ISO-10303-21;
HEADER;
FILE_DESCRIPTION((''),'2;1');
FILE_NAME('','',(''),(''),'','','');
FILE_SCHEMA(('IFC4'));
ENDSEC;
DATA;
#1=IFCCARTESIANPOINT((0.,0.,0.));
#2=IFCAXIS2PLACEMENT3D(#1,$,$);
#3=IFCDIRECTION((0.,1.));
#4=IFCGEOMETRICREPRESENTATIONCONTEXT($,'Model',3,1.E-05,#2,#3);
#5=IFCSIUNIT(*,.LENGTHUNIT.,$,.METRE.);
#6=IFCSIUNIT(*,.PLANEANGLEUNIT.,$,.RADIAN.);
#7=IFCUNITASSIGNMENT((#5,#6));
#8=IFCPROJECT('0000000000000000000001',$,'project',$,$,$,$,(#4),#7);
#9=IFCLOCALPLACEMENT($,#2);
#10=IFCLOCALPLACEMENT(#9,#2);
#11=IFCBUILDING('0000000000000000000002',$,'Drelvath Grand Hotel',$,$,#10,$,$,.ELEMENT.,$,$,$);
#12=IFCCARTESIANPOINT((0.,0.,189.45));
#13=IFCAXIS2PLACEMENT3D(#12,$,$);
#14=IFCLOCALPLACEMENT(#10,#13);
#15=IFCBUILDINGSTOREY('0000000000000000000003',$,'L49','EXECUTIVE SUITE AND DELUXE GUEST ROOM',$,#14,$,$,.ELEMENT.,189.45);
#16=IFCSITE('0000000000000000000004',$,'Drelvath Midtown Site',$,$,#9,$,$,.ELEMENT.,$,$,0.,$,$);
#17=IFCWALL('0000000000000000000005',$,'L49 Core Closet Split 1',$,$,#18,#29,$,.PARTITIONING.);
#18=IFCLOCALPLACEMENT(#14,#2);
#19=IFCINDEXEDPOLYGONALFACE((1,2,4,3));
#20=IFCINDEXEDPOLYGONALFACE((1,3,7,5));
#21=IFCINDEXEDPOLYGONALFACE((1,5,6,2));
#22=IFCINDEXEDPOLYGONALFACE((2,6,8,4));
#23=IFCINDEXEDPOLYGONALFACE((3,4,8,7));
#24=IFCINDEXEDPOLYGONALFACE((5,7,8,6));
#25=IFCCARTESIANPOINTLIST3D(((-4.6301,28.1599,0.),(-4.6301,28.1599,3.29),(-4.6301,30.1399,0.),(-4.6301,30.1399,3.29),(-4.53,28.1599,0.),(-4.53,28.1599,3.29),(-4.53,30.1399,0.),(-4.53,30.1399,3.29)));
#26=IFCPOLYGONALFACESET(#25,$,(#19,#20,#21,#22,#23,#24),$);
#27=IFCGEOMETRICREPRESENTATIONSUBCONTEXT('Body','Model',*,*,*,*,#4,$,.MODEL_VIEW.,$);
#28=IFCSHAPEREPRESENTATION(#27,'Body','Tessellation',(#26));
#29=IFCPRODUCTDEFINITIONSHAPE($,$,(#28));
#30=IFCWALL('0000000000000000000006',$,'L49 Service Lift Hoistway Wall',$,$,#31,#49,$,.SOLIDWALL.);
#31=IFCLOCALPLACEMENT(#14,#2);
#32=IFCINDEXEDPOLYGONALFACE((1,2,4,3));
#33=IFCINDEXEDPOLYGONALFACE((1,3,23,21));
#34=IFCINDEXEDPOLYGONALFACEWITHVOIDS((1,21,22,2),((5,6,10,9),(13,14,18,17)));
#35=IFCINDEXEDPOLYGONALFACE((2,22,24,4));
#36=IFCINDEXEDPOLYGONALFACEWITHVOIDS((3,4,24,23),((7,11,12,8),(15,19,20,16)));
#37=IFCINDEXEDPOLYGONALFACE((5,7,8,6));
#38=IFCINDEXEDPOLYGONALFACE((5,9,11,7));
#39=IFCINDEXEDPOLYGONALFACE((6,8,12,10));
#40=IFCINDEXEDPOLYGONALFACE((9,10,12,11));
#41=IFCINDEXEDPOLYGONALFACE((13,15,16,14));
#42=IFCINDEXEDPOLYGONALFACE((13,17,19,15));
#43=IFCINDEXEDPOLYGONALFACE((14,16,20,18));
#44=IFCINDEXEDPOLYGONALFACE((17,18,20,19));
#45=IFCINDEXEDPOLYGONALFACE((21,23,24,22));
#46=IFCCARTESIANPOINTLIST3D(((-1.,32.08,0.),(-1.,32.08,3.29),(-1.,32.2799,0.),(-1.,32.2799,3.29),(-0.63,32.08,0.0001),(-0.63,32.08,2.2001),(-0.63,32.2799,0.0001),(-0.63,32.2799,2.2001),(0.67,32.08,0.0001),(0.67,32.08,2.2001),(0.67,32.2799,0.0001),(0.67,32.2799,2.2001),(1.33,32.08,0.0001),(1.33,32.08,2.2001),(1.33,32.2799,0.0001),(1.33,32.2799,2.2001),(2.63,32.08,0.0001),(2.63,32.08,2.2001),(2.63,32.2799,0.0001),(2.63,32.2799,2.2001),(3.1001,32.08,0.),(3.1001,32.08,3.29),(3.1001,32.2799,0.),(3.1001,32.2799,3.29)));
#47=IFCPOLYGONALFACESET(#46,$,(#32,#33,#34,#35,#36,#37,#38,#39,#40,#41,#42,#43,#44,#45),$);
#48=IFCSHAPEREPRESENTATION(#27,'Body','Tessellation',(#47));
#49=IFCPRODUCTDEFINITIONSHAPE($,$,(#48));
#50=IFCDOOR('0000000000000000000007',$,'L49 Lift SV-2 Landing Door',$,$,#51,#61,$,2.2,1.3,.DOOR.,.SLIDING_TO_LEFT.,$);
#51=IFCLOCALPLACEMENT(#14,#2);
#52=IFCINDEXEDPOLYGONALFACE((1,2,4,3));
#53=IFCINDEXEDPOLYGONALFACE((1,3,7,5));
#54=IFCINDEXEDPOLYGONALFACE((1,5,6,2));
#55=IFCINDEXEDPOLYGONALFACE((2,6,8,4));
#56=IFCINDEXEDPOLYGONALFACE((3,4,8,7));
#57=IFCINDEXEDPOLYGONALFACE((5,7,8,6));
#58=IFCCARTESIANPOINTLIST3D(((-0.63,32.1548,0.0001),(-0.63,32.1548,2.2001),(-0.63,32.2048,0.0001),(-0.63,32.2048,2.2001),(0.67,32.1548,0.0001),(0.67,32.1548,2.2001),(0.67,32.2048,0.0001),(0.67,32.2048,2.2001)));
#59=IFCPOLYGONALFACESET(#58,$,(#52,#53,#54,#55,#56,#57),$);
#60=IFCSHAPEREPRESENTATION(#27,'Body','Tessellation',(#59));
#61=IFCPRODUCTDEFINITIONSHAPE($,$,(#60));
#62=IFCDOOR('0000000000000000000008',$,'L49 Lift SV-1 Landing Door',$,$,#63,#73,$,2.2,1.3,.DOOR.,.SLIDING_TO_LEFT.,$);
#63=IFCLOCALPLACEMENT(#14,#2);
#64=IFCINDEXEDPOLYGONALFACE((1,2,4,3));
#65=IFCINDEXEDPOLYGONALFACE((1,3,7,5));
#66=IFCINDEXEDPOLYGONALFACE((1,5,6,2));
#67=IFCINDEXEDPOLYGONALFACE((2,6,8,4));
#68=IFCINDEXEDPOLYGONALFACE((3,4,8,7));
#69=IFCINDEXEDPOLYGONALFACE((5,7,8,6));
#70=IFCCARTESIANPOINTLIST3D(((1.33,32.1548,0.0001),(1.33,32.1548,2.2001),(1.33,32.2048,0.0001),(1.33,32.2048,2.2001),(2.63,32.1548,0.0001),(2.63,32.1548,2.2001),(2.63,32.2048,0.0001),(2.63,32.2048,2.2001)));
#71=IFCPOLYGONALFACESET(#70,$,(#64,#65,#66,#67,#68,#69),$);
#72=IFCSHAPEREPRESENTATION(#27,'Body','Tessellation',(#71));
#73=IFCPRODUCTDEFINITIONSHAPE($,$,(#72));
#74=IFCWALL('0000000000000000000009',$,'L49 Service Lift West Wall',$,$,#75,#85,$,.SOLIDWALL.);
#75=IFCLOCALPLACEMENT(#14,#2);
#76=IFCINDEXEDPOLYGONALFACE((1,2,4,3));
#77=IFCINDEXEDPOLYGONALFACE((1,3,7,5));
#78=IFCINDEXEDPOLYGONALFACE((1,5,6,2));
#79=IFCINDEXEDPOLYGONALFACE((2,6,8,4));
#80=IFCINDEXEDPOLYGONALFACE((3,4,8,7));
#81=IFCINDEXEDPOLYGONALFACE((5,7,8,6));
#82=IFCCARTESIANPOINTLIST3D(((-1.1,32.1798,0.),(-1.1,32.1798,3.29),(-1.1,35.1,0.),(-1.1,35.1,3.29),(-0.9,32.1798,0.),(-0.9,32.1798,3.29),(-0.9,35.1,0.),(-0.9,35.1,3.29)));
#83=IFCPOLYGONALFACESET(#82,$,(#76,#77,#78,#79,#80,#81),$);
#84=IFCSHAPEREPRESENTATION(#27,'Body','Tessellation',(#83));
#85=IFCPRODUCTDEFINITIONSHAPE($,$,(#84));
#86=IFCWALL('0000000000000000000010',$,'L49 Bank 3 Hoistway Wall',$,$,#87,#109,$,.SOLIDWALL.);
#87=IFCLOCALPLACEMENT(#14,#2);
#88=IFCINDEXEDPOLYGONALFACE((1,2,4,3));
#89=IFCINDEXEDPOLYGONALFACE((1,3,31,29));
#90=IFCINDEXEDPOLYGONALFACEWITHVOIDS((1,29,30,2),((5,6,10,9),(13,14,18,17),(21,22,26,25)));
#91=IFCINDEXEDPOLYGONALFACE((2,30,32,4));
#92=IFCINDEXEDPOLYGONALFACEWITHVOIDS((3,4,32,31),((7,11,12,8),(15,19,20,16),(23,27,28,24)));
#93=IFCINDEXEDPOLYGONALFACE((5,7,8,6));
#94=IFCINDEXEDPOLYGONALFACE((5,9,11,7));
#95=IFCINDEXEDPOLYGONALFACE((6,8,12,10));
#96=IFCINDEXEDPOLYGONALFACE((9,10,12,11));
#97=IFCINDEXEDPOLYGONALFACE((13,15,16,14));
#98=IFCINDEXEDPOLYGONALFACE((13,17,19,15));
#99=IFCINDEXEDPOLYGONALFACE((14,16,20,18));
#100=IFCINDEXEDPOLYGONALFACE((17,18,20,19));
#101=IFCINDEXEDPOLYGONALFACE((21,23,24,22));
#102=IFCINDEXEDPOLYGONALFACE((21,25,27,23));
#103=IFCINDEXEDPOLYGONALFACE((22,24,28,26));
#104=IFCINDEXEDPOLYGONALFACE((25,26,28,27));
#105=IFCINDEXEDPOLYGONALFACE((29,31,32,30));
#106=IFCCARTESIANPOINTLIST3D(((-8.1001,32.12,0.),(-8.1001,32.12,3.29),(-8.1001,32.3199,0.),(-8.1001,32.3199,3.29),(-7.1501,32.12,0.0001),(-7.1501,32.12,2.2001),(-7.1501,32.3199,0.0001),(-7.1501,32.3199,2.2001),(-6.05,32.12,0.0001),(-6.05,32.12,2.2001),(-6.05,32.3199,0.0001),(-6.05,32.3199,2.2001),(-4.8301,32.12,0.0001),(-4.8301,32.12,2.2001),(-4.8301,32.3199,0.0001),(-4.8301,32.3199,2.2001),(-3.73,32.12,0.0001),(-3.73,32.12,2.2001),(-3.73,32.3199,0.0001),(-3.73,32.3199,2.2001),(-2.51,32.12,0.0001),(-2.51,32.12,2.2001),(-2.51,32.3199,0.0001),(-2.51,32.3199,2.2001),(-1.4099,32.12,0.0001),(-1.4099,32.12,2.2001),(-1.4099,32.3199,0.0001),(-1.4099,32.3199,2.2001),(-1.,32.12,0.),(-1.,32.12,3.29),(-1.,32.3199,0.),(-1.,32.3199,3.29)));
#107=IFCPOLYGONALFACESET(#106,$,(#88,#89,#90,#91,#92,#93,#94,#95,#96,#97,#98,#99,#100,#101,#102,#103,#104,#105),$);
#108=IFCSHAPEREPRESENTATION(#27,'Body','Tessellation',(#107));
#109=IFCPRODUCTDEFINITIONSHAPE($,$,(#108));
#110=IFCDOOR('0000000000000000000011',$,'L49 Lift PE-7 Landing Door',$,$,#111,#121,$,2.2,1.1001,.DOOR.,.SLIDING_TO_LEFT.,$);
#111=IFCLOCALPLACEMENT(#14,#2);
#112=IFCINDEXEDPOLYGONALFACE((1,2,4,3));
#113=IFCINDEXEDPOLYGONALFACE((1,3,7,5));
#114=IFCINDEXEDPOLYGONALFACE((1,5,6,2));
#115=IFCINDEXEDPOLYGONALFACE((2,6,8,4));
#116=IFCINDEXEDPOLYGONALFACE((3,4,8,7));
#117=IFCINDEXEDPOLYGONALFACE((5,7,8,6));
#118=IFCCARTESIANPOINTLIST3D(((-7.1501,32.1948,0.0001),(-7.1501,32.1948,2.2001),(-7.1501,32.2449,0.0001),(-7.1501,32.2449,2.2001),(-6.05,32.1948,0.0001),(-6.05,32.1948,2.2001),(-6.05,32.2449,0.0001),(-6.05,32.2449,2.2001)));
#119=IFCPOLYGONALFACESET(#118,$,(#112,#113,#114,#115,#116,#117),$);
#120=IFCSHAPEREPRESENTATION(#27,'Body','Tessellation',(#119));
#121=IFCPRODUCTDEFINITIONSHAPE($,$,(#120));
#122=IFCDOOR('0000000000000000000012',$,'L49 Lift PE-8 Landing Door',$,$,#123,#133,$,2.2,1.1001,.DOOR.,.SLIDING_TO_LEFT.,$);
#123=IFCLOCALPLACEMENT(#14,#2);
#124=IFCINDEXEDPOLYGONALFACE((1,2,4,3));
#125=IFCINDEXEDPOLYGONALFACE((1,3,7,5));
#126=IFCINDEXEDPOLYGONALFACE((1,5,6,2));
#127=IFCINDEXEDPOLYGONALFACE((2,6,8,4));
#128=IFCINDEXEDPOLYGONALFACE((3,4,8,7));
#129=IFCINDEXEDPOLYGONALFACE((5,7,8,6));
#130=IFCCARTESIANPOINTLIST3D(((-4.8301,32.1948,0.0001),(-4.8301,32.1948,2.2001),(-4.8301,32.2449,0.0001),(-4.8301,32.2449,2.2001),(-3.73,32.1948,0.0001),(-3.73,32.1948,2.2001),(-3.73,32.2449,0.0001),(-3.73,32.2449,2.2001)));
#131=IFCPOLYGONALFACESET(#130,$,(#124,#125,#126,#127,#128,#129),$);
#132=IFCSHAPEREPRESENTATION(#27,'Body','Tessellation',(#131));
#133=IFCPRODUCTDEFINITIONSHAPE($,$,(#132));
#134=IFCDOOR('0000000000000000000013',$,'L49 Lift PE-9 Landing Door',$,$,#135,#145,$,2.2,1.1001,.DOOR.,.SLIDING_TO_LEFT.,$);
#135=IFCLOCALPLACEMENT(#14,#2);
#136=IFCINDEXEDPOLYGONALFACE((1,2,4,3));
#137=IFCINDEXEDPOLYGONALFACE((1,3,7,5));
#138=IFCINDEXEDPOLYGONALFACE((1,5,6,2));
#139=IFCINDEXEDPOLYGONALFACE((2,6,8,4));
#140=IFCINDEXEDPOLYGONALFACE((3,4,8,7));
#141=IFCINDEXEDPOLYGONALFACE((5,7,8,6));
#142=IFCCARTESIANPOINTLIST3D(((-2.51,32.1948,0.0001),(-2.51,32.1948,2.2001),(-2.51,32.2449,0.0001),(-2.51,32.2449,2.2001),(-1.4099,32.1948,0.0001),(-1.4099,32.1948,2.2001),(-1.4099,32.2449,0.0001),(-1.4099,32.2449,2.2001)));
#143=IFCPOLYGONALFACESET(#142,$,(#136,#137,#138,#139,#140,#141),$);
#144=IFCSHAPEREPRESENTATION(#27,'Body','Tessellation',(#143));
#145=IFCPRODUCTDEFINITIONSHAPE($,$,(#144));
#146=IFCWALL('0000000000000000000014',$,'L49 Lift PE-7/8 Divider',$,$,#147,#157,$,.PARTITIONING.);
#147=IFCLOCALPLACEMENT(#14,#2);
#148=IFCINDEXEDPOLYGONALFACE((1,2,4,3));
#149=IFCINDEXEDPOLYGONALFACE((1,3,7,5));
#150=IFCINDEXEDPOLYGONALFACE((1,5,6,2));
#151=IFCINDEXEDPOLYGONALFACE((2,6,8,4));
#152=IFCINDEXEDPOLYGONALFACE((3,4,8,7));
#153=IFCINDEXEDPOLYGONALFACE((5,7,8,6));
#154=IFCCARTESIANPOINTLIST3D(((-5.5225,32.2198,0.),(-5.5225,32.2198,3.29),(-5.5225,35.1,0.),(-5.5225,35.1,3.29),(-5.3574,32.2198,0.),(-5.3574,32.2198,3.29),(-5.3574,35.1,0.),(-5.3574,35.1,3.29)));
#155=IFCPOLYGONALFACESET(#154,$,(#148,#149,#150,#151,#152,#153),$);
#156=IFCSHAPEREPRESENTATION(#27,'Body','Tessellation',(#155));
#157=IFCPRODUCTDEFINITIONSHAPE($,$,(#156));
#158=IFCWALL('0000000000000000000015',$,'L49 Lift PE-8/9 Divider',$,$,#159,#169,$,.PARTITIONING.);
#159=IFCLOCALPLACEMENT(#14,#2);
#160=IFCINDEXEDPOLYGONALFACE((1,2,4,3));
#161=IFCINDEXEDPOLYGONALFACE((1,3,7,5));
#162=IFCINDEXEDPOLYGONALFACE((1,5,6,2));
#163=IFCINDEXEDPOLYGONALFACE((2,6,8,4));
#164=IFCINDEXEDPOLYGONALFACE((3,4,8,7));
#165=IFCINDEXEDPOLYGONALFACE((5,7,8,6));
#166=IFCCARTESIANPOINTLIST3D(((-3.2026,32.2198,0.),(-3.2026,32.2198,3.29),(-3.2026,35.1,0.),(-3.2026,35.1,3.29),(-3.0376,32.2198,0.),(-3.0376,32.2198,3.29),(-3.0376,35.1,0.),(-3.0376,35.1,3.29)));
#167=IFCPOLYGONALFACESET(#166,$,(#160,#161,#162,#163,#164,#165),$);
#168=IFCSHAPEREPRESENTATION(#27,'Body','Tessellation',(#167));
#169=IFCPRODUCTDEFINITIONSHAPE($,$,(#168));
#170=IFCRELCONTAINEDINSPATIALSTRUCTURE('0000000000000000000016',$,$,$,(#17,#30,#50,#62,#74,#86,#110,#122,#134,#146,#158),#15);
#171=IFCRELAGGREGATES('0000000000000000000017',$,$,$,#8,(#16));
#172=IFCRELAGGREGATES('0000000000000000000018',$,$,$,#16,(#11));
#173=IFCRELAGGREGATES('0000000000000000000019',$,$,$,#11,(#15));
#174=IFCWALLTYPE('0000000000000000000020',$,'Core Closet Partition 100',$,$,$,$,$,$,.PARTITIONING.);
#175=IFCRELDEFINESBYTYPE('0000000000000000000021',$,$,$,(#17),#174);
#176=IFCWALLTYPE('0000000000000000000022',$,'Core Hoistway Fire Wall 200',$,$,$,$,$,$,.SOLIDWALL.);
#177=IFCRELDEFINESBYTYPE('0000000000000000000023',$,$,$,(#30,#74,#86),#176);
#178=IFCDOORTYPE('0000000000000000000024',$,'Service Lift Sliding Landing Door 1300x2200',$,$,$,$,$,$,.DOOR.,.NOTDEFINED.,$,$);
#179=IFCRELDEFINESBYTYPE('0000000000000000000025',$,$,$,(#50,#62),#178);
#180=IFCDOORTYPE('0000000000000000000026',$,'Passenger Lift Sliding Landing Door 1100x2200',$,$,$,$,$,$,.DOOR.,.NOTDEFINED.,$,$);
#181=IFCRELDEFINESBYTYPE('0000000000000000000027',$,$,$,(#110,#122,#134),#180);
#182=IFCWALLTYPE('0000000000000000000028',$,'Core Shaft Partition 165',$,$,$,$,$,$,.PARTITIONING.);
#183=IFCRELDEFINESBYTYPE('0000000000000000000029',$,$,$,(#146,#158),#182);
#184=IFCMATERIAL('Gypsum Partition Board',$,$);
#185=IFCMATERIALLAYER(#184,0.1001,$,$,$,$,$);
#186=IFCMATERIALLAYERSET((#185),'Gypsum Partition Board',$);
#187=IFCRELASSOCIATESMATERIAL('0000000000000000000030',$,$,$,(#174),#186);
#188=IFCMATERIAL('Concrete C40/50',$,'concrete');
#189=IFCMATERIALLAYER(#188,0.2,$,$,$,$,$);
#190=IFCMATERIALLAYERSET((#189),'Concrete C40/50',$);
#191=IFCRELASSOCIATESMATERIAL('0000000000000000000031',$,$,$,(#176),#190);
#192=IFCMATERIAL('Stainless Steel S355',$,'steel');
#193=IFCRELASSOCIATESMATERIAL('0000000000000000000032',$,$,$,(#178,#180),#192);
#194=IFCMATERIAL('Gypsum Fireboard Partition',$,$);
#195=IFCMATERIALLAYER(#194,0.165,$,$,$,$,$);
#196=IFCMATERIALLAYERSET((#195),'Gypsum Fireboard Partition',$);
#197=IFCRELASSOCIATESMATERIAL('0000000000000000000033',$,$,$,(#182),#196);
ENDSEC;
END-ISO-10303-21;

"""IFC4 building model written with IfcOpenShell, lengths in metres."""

from ifc_helpers import new_model, si_unit, direction, frame, frame_2d, origin, place, context, subcontext, project, spatial, rectangle, extrude, material, layer, layer_set, type_object, element, fill, save


model = new_model("IFC4")

# Units and contexts
model_context = context("Model", 3, precision=1e-05, world=origin(), true_north=direction((0.0, 1.0)))
body_context = subcontext(model_context, "Body", "Model", "MODEL_VIEW")
ifc_project = project(units=[si_unit("LENGTHUNIT", "METRE"), si_unit("PLANEANGLEUNIT", "RADIAN")], contexts=[model_context])

# Site, building, storey
site_placement = place(None, origin())
site = spatial("IfcSite", under=ifc_project, at=site_placement, Name="Drelvath Midtown Site", CompositionType="ELEMENT", RefElevation=0.0)
building_placement = place(site_placement, origin())
building = spatial("IfcBuilding", under=site, at=building_placement, Name="Drelvath Grand Hotel", CompositionType="ELEMENT")
storey_placement = place(building_placement, frame((0.0, 0.0, 189.45)))
storey = spatial("IfcBuildingStorey", under=building, at=storey_placement, Name="L49", Description="EXECUTIVE SUITE AND DELUXE GUEST ROOM", CompositionType="ELEMENT", Elevation=189.45)

# Wall
ifc_material_1 = material(Name="Gypsum Partition Board")
ifc_layer_1 = layer(ifc_material_1, 0.1001)
ifc_layer_set_1 = layer_set([ifc_layer_1], Name="Gypsum Partition Board")
wall_type_1 = type_object("IfcWallType", Name="Core Closet Partition 100", PredefinedType="PARTITIONING", material=ifc_layer_set_1)
wall_1_placement = place(storey_placement, frame((-4.5801, 28.1599, 0.0), z_axis=(0.0, 0.0, 1.0), x_axis=(0.0, 1.0, 0.0)))
element("IfcWall", 1, at=wall_1_placement, inside=storey, type_object=wall_type_1, Name="L49 Core Closet Split 1", PredefinedType="PARTITIONING", context=body_context, shape_type="SweptSolid", body=[
    extrude(rectangle(XDim=1.98, YDim=0.1001, at=frame_2d((0.99, 0.0))), origin(), (0.0, 0.0, 1.0), 3.29),
])

# Wall, openings, doors
ifc_material_2 = material(Name="Concrete C40/50", Category="concrete")
ifc_layer_2 = layer(ifc_material_2, 0.2)
ifc_layer_set_2 = layer_set([ifc_layer_2], Name="Concrete C40/50")
wall_type_2 = type_object("IfcWallType", Name="Core Hoistway Fire Wall 200", PredefinedType="SOLIDWALL", material=ifc_layer_set_2)
wall_2_placement = place(storey_placement, frame((-1.0, 32.1799, 0.0), z_axis=(0.0, 0.0, 1.0), x_axis=(1.0, 0.0, 0.0)))
wall_2 = element("IfcWall", 2, at=wall_2_placement, inside=storey, type_object=wall_type_2, Name="L49 Service Lift Hoistway Wall", PredefinedType="SOLIDWALL", context=body_context, shape_type="SweptSolid", body=[
    extrude(rectangle(XDim=4.1001, YDim=0.2, at=frame_2d((2.05, 0.0))), origin(), (0.0, 0.0, 1.0), 3.29),
])
opening_1_placement = place(wall_2_placement, frame((0.3701, 0.0, 0.0)))
opening_1 = element("IfcOpeningElement", 3, at=opening_1_placement, cuts=wall_2, PredefinedType="OPENING", context=body_context, shape_type="SweptSolid", body=[
    extrude(rectangle(XDim=1.3, YDim=2.2, at=frame_2d((0.6499, 1.1001))), frame((0.0, 0.1099, 0.0), z_axis=(0.0, -1.0, 0.0), x_axis=(1.0, 0.0, 0.0)), (0.0, 0.0, 1.0), 0.22),
])
opening_2_placement = place(wall_2_placement, frame((2.3301, 0.0, 0.0)))
opening_2 = element("IfcOpeningElement", 4, at=opening_2_placement, cuts=wall_2, PredefinedType="OPENING", context=body_context, shape_type="SweptSolid", body=[
    extrude(rectangle(XDim=1.3, YDim=2.2, at=frame_2d((0.6499, 1.1001))), frame((0.0, 0.1099, 0.0), z_axis=(0.0, -1.0, 0.0), x_axis=(1.0, 0.0, 0.0)), (0.0, 0.0, 1.0), 0.22),
])
ifc_material_3 = material(Name="Stainless Steel S355", Category="steel")
door_type_1 = type_object("IfcDoorType", Name="Service Lift Sliding Landing Door 1300x2200", OperationType="NOTDEFINED", PredefinedType="DOOR", material=ifc_material_3)
door_1_placement = place(opening_1_placement, origin())
door_1 = element("IfcDoor", 5, at=door_1_placement, inside=storey, type_object=door_type_1, Name="L49 Lift SV-2 Landing Door", OperationType="SLIDING_TO_LEFT", OverallHeight=2.2, OverallWidth=1.3, PredefinedType="DOOR", context=body_context, shape_type="SweptSolid", body=[
    extrude(rectangle(XDim=1.3, YDim=2.2, at=frame_2d((0.6499, 1.1001))), frame((0.0, 0.0249, 0.0), z_axis=(0.0, -1.0, 0.0), x_axis=(1.0, 0.0, 0.0)), (0.0, 0.0, 1.0), 0.05),
])
fill(opening_1, door_1)
door_2_placement = place(opening_2_placement, origin())
door_2 = element("IfcDoor", 6, at=door_2_placement, inside=storey, type_object=door_type_1, Name="L49 Lift SV-1 Landing Door", OperationType="SLIDING_TO_LEFT", OverallHeight=2.2, OverallWidth=1.3, PredefinedType="DOOR", context=body_context, shape_type="SweptSolid", body=[
    extrude(rectangle(XDim=1.3, YDim=2.2, at=frame_2d((0.6499, 1.1001))), frame((0.0, 0.0249, 0.0), z_axis=(0.0, -1.0, 0.0), x_axis=(1.0, 0.0, 0.0)), (0.0, 0.0, 1.0), 0.05),
])
fill(opening_2, door_2)

# Wall
wall_3_placement = place(storey_placement, frame((-1.0, 32.1799, 0.0), z_axis=(0.0, 0.0, 1.0), x_axis=(0.0, 1.0, 0.0)))
element("IfcWall", 7, at=wall_3_placement, inside=storey, type_object=wall_type_2, Name="L49 Service Lift West Wall", PredefinedType="SOLIDWALL", context=body_context, shape_type="SweptSolid", body=[
    extrude(rectangle(XDim=2.9202, YDim=0.2, at=frame_2d((1.46, 0.0))), origin(), (0.0, 0.0, 1.0), 3.29),
])

# Wall, openings, doors
wall_4_placement = place(storey_placement, frame((-8.1001, 32.22, 0.0), z_axis=(0.0, 0.0, 1.0), x_axis=(1.0, 0.0, 0.0)))
wall_4 = element("IfcWall", 8, at=wall_4_placement, inside=storey, type_object=wall_type_2, Name="L49 Bank 3 Hoistway Wall", PredefinedType="SOLIDWALL", context=body_context, shape_type="SweptSolid", body=[
    extrude(rectangle(XDim=7.1001, YDim=0.2, at=frame_2d((3.55, 0.0))), origin(), (0.0, 0.0, 1.0), 3.29),
])
opening_3_placement = place(wall_4_placement, frame((0.95, 0.0, 0.0)))
opening_3 = element("IfcOpeningElement", 9, at=opening_3_placement, cuts=wall_4, PredefinedType="OPENING", context=body_context, shape_type="SweptSolid", body=[
    extrude(rectangle(XDim=1.1001, YDim=2.2, at=frame_2d((0.55, 1.1001))), frame((0.0, 0.1099, 0.0), z_axis=(0.0, -1.0, 0.0), x_axis=(1.0, 0.0, 0.0)), (0.0, 0.0, 1.0), 0.22),
])
opening_4_placement = place(wall_4_placement, frame((3.27, 0.0, 0.0)))
opening_4 = element("IfcOpeningElement", 10, at=opening_4_placement, cuts=wall_4, PredefinedType="OPENING", context=body_context, shape_type="SweptSolid", body=[
    extrude(rectangle(XDim=1.1001, YDim=2.2, at=frame_2d((0.55, 1.1001))), frame((0.0, 0.1099, 0.0), z_axis=(0.0, -1.0, 0.0), x_axis=(1.0, 0.0, 0.0)), (0.0, 0.0, 1.0), 0.22),
])
opening_5_placement = place(wall_4_placement, frame((5.5901, 0.0, 0.0)))
opening_5 = element("IfcOpeningElement", 11, at=opening_5_placement, cuts=wall_4, PredefinedType="OPENING", context=body_context, shape_type="SweptSolid", body=[
    extrude(rectangle(XDim=1.1001, YDim=2.2, at=frame_2d((0.55, 1.1001))), frame((0.0, 0.1099, 0.0), z_axis=(0.0, -1.0, 0.0), x_axis=(1.0, 0.0, 0.0)), (0.0, 0.0, 1.0), 0.22),
])
door_type_2 = type_object("IfcDoorType", Name="Passenger Lift Sliding Landing Door 1100x2200", OperationType="NOTDEFINED", PredefinedType="DOOR", material=ifc_material_3)
door_3_placement = place(opening_3_placement, origin())
door_3 = element("IfcDoor", 12, at=door_3_placement, inside=storey, type_object=door_type_2, Name="L49 Lift PE-7 Landing Door", OperationType="SLIDING_TO_LEFT", OverallHeight=2.2, OverallWidth=1.1001, PredefinedType="DOOR", context=body_context, shape_type="SweptSolid", body=[
    extrude(rectangle(XDim=1.1001, YDim=2.2, at=frame_2d((0.55, 1.1001))), frame((0.0, 0.0249, 0.0), z_axis=(0.0, -1.0, 0.0), x_axis=(1.0, 0.0, 0.0)), (0.0, 0.0, 1.0), 0.05),
])
fill(opening_3, door_3)
door_4_placement = place(opening_4_placement, origin())
door_4 = element("IfcDoor", 13, at=door_4_placement, inside=storey, type_object=door_type_2, Name="L49 Lift PE-8 Landing Door", OperationType="SLIDING_TO_LEFT", OverallHeight=2.2, OverallWidth=1.1001, PredefinedType="DOOR", context=body_context, shape_type="SweptSolid", body=[
    extrude(rectangle(XDim=1.1001, YDim=2.2, at=frame_2d((0.55, 1.1001))), frame((0.0, 0.0249, 0.0), z_axis=(0.0, -1.0, 0.0), x_axis=(1.0, 0.0, 0.0)), (0.0, 0.0, 1.0), 0.05),
])
fill(opening_4, door_4)
door_5_placement = place(opening_5_placement, origin())
door_5 = element("IfcDoor", 14, at=door_5_placement, inside=storey, type_object=door_type_2, Name="L49 Lift PE-9 Landing Door", OperationType="SLIDING_TO_LEFT", OverallHeight=2.2, OverallWidth=1.1001, PredefinedType="DOOR", context=body_context, shape_type="SweptSolid", body=[
    extrude(rectangle(XDim=1.1001, YDim=2.2, at=frame_2d((0.55, 1.1001))), frame((0.0, 0.0249, 0.0), z_axis=(0.0, -1.0, 0.0), x_axis=(1.0, 0.0, 0.0)), (0.0, 0.0, 1.0), 0.05),
])
fill(opening_5, door_5)

# Walls
ifc_material_4 = material(Name="Gypsum Fireboard Partition")
ifc_layer_3 = layer(ifc_material_4, 0.165)
ifc_layer_set_3 = layer_set([ifc_layer_3], Name="Gypsum Fireboard Partition")
wall_type_3 = type_object("IfcWallType", Name="Core Shaft Partition 165", PredefinedType="PARTITIONING", material=ifc_layer_set_3)
for number, where, z_axis, x_axis, name in (
    (15, (-5.4399, 32.22, 0.0), (0.0, 0.0, 1.0), (0.0, 1.0, 0.0), "L49 Lift PE-7/8 Divider"),
    (16, (-3.1201, 32.22, 0.0), (0.0, 0.0, 1.0), (0.0, 1.0, 0.0), "L49 Lift PE-8/9 Divider"),
):
    element("IfcWall", number, at=place(storey_placement, frame(where, z_axis=z_axis, x_axis=x_axis)), inside=storey, type_object=wall_type_3, Name=name, PredefinedType="PARTITIONING", context=body_context, shape_type="SweptSolid", body=[
        extrude(rectangle(XDim=2.8801, YDim=0.165, at=frame_2d((1.4399, 0.0))), origin(), (0.0, 0.0, 1.0), 3.29),
    ])

save(model, "model.ifc")
